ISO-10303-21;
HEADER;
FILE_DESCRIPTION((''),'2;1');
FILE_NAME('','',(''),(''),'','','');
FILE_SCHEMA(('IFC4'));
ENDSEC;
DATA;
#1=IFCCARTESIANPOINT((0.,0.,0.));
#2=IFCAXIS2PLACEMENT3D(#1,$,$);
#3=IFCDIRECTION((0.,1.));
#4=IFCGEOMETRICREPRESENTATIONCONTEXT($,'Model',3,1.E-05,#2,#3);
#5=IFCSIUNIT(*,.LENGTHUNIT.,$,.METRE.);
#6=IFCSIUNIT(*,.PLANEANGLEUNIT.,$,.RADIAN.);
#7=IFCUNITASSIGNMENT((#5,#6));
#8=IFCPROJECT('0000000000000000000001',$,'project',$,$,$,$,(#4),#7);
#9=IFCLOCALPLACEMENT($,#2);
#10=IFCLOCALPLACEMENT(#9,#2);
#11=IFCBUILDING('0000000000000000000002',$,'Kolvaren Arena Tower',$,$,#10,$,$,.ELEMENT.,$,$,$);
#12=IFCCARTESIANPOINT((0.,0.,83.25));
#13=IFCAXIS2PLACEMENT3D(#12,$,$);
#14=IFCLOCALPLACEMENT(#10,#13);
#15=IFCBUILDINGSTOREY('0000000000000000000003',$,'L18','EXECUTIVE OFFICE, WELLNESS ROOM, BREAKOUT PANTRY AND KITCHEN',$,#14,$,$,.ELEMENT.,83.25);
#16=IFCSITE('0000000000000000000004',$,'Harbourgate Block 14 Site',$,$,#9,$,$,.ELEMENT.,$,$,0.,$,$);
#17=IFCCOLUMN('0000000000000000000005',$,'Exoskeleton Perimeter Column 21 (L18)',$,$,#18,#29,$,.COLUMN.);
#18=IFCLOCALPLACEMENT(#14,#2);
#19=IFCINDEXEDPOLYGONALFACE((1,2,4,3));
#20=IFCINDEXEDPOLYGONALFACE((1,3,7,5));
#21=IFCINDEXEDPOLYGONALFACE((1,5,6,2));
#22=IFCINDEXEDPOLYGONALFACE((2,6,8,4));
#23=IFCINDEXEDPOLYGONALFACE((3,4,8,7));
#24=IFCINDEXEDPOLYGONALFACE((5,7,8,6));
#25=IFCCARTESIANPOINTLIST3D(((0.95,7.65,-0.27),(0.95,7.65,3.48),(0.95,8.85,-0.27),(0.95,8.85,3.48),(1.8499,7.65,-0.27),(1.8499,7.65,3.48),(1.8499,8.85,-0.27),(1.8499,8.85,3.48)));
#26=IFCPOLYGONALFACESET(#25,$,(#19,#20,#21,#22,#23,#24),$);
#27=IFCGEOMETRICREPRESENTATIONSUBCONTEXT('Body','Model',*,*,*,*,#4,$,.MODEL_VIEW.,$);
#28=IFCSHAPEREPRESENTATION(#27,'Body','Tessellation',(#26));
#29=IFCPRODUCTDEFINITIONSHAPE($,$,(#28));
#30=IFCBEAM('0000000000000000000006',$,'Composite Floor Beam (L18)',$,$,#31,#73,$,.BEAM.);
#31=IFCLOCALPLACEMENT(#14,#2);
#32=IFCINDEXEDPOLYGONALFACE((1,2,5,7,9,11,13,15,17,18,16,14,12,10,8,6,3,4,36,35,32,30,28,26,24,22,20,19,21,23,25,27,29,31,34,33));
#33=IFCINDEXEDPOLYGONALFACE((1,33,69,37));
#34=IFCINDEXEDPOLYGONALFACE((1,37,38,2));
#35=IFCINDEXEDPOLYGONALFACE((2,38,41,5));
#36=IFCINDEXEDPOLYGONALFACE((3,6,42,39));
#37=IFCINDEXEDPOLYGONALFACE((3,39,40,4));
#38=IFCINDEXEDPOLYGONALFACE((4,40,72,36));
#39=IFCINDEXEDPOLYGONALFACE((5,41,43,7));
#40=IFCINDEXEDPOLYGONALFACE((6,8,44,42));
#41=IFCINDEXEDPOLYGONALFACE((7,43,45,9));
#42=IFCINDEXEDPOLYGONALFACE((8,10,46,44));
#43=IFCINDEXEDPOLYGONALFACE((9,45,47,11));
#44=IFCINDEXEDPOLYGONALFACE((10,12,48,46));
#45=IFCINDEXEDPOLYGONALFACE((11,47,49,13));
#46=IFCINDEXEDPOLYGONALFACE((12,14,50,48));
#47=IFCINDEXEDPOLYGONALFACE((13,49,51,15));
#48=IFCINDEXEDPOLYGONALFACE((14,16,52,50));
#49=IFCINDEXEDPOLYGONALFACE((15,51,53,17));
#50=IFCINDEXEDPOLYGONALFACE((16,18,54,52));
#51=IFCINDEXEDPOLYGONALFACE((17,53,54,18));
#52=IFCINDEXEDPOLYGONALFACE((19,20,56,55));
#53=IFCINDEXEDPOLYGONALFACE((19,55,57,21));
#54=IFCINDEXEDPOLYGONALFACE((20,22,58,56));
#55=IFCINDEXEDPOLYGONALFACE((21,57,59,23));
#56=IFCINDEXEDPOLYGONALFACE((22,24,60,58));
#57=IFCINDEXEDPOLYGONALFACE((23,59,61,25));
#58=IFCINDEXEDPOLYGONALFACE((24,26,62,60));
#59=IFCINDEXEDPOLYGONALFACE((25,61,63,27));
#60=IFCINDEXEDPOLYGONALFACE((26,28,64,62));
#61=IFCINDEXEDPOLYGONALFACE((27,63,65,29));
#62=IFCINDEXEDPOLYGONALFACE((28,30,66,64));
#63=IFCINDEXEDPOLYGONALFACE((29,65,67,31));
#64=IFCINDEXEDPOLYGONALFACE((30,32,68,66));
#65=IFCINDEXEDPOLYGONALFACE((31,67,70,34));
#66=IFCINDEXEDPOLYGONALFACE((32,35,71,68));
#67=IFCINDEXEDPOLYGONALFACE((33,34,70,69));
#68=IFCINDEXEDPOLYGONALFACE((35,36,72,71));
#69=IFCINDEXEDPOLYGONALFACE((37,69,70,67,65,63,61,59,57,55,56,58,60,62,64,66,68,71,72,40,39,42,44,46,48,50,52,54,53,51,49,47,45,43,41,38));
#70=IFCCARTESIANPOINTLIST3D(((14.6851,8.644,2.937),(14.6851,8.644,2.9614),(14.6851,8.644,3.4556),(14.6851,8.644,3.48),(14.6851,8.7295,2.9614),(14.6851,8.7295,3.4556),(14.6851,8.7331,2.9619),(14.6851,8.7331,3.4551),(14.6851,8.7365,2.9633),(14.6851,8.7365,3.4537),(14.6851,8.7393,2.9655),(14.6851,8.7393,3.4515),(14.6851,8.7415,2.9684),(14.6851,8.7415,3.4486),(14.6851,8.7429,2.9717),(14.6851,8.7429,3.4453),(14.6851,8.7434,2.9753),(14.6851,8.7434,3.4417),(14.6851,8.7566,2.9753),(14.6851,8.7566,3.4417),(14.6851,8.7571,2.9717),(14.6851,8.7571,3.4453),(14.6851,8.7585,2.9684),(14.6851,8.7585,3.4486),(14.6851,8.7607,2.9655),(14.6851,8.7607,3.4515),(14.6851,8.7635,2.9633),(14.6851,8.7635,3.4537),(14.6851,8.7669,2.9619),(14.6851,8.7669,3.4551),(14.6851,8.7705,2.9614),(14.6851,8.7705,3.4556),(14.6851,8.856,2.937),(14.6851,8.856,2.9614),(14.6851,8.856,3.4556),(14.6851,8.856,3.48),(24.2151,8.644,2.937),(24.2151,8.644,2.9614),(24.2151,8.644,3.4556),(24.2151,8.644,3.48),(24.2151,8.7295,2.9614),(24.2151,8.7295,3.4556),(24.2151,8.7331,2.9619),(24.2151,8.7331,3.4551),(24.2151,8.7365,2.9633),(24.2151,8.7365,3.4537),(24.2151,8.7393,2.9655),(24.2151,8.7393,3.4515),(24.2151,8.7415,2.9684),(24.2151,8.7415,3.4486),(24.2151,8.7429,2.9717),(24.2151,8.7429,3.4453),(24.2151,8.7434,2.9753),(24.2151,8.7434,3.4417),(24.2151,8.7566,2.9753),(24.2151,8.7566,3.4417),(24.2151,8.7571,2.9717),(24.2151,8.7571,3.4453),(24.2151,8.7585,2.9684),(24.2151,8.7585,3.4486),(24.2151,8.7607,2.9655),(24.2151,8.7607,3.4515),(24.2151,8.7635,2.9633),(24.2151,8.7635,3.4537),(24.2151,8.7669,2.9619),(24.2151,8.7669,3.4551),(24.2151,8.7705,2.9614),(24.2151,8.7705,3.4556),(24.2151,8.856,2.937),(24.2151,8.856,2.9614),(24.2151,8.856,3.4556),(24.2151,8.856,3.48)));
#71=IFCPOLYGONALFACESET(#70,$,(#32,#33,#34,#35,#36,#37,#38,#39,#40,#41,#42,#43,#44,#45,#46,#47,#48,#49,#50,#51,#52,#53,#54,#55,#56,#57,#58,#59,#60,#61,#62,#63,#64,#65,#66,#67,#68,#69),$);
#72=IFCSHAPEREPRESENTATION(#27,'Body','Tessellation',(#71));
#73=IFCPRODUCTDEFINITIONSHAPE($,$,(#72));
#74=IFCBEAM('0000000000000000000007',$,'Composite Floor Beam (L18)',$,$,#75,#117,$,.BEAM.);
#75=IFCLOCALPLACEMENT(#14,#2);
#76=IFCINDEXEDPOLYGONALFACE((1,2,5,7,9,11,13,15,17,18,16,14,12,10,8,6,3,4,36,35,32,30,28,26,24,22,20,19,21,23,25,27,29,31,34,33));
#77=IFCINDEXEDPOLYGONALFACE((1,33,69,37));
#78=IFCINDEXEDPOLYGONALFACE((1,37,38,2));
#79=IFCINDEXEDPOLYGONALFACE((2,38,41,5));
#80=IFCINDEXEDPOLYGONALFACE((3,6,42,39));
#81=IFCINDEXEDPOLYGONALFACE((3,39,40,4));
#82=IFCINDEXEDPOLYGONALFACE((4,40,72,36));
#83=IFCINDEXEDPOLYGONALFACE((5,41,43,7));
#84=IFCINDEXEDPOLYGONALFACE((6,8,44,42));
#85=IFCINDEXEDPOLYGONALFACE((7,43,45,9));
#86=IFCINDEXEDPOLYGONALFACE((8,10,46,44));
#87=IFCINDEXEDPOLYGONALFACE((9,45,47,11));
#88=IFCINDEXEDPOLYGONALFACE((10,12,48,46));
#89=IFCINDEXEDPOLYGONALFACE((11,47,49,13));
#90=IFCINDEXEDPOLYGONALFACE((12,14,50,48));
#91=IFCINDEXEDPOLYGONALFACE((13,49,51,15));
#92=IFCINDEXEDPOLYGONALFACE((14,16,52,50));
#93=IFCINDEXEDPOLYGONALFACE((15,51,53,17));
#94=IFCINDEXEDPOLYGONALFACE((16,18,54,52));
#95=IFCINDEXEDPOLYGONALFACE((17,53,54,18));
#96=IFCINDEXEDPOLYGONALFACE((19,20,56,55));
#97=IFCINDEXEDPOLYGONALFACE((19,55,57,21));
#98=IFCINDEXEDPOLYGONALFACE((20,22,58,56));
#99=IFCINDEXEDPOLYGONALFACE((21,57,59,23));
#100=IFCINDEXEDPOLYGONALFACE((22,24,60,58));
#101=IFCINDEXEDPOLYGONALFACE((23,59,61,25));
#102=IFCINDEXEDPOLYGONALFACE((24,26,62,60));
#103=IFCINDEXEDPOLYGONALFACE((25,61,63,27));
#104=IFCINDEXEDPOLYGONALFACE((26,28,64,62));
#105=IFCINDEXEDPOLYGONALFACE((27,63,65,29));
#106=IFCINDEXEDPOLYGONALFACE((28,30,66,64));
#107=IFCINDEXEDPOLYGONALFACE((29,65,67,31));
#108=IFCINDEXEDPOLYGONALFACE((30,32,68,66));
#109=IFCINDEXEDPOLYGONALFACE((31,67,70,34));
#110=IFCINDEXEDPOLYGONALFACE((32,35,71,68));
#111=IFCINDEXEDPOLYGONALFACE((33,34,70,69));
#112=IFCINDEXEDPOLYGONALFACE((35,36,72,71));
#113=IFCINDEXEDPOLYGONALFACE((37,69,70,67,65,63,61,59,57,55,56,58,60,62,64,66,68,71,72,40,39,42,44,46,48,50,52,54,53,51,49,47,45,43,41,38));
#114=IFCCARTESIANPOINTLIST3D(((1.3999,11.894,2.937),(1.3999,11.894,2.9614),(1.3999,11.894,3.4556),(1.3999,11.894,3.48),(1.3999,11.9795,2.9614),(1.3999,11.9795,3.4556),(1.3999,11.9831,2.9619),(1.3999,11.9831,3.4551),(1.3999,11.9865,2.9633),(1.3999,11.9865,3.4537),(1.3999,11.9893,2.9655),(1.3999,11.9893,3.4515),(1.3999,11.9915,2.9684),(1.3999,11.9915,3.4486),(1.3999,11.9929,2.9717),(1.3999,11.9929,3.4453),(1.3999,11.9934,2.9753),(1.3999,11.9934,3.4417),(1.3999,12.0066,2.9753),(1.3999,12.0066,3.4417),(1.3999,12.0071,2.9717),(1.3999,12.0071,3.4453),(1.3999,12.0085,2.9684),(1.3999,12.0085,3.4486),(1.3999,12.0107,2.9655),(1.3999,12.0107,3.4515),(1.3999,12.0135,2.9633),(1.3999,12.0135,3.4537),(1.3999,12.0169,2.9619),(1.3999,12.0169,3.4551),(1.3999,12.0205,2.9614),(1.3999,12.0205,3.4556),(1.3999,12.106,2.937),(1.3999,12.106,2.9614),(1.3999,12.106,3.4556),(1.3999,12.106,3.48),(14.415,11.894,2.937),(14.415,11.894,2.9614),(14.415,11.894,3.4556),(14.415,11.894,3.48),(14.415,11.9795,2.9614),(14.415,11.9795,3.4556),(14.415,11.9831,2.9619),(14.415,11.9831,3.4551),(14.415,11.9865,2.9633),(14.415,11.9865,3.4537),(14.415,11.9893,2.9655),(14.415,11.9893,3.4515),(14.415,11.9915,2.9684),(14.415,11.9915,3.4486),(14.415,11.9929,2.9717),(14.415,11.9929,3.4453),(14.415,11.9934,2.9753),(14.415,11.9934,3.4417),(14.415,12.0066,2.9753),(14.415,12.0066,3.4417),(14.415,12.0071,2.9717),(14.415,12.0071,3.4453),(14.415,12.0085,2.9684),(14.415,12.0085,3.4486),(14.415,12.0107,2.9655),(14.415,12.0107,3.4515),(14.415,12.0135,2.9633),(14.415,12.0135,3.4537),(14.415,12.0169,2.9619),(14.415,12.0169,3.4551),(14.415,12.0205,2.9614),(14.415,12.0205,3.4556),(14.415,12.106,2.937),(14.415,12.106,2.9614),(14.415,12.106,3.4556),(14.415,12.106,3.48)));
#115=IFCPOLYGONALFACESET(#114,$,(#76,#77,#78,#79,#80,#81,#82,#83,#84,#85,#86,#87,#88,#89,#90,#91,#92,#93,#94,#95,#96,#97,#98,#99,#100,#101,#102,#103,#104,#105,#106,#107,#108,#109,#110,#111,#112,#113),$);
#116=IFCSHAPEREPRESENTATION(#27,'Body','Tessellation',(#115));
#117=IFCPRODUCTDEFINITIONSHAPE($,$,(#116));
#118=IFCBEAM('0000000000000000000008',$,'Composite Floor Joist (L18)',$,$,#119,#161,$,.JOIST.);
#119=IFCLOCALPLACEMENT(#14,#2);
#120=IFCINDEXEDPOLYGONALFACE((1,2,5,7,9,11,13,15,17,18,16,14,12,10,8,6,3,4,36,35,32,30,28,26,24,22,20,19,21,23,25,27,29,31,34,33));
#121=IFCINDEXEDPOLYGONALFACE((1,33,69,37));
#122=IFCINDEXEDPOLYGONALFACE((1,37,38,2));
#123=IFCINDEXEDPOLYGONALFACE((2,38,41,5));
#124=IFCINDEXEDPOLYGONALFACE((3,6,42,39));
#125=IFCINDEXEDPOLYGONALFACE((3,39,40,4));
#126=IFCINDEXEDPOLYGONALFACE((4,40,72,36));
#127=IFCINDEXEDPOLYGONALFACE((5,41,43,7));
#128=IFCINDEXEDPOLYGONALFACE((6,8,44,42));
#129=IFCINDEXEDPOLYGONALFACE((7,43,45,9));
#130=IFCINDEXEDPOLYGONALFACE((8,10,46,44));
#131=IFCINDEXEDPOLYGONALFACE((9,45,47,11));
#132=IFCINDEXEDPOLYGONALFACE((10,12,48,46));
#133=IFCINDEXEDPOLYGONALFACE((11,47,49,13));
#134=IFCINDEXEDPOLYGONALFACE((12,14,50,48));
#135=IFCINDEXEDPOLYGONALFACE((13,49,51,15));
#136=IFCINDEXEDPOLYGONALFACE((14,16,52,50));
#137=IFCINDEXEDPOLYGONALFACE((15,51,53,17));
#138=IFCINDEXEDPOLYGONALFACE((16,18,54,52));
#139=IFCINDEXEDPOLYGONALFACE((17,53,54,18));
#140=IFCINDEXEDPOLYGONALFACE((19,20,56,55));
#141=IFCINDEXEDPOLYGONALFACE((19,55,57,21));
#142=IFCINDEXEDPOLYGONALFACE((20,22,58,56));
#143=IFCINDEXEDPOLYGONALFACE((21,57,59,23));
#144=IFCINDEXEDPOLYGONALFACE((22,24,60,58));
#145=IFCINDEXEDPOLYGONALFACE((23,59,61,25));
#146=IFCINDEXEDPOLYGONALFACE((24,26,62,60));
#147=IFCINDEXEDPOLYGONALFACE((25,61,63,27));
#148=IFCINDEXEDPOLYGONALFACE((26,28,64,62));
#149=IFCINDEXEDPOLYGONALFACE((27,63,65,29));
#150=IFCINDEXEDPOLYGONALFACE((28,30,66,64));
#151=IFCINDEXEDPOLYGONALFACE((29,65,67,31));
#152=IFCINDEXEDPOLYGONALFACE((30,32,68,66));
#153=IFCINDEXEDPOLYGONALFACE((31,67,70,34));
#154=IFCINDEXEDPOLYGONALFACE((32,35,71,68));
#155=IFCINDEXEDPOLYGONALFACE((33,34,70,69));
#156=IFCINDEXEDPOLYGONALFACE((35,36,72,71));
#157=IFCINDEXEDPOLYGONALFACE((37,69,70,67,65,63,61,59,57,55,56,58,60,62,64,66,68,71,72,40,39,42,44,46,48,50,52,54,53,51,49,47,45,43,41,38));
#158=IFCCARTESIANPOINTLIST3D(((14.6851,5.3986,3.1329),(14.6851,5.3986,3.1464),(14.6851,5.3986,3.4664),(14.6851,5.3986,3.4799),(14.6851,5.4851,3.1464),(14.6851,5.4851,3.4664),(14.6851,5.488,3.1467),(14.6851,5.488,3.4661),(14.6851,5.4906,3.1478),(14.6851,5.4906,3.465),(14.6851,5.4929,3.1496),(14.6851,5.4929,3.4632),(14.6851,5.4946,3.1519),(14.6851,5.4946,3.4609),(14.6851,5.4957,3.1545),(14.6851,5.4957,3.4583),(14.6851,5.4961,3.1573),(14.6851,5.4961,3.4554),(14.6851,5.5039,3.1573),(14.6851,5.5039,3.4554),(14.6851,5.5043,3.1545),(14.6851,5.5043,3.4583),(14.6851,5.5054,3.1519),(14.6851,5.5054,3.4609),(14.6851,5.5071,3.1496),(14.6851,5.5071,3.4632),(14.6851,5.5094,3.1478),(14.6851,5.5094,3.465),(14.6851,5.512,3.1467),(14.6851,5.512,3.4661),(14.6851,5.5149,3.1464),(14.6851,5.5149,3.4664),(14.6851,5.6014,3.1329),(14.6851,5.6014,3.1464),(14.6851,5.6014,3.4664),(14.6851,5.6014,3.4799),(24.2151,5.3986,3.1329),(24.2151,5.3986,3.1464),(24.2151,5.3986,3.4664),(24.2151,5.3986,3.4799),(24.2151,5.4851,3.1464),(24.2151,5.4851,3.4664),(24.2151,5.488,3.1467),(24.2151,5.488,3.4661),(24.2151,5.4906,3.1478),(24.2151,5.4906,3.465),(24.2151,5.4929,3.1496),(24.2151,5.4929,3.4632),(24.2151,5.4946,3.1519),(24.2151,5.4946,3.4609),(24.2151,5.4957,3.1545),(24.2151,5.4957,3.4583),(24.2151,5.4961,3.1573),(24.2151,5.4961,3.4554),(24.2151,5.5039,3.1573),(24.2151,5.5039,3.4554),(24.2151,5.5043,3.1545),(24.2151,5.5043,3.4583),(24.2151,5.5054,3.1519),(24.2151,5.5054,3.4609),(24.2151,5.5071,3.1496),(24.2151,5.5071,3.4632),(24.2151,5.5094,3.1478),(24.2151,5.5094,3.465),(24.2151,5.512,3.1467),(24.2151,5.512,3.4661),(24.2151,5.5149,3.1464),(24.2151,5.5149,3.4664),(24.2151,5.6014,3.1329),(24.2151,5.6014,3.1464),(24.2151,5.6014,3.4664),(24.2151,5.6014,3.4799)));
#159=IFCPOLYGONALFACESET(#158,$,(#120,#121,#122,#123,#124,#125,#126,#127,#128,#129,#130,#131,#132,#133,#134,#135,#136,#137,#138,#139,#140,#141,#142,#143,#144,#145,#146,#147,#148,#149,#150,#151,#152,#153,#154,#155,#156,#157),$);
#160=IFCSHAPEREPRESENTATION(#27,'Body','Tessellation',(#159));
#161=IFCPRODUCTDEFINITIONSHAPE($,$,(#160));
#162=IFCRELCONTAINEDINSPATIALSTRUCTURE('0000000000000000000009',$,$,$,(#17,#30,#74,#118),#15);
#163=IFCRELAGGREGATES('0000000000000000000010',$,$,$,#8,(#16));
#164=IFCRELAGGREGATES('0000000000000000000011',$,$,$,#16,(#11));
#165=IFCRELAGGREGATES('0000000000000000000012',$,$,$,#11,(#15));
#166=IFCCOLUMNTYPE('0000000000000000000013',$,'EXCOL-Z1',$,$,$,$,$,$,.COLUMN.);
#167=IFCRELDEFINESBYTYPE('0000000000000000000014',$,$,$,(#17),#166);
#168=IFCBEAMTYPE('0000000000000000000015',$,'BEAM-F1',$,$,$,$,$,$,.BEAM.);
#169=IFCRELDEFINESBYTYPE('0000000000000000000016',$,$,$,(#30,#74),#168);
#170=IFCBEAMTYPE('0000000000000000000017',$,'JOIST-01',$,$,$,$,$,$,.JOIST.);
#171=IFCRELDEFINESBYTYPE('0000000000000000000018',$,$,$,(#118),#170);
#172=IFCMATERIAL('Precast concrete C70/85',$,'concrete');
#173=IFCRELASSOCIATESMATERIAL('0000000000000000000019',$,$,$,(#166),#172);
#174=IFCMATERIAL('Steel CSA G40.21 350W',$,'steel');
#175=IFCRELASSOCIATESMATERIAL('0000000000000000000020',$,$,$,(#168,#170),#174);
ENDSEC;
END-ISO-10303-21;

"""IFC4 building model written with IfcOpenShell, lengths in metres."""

from ifc_helpers import new_model, si_unit, direction, frame, origin, origin_2d, place, context, subcontext, project, spatial, rectangle, i_section, extrude, material, material_profile, profile_set, type_object, element, save


model = new_model("IFC4")

# Units and contexts
model_context = context("Model", 3, precision=1e-05, world=origin(), true_north=direction((0.0, 1.0)))
body_context = subcontext(model_context, "Body", "Model", "MODEL_VIEW")
ifc_project = project(units=[si_unit("LENGTHUNIT", "METRE"), si_unit("PLANEANGLEUNIT", "RADIAN")], contexts=[model_context])

# Site, building, storey
site_placement = place(None, origin())
site = spatial("IfcSite", under=ifc_project, at=site_placement, Name="Harbourgate Block 14 Site", CompositionType="ELEMENT", RefElevation=0.0)
building_placement = place(site_placement, origin())
building = spatial("IfcBuilding", under=site, at=building_placement, Name="Kolvaren Arena Tower", CompositionType="ELEMENT")
storey_placement = place(building_placement, frame((0.0, 0.0, 83.25)))
storey = spatial("IfcBuildingStorey", under=building, at=storey_placement, Name="L18", Description="EXECUTIVE OFFICE, WELLNESS ROOM, BREAKOUT PANTRY AND KITCHEN", CompositionType="ELEMENT", Elevation=83.25)

# Column
ifc_material_1 = material(Name="Precast concrete C70/85", Category="concrete")
ifc_material_profile_1 = material_profile(ifc_material_1, rectangle(XDim=1.2, YDim=0.8999, at=origin_2d()), Name="RC-1200x900")
ifc_profile_set_1 = profile_set([ifc_material_profile_1], Name="Precast concrete C70/85")
column_type = type_object("IfcColumnType", Name="EXCOL-Z1", PredefinedType="COLUMN", material=ifc_profile_set_1)
column_placement = place(storey_placement, frame((1.3999, 8.25, -0.27), z_axis=(0.0, 0.0, 1.0), x_axis=(0.0, 1.0, 0.0)))
element("IfcColumn", 1, at=column_placement, inside=storey, type_object=column_type, Name="Exoskeleton Perimeter Column 21 (L18)", PredefinedType="COLUMN", context=body_context, shape_type="SweptSolid", body=[
    extrude(rectangle(XDim=1.2, YDim=0.8999, at=origin_2d()), origin(), (0.0, 0.0, 1.0), 3.75),
])

# Beams
ifc_material_2 = material(Name="Steel CSA G40.21 350W", Category="steel")
ifc_material_profile_2 = material_profile(ifc_material_2, i_section(OverallWidth=0.2119, OverallDepth=0.543, WebThickness=0.0132, FlangeThickness=0.0244, FilletRadius=0.0139, at=origin_2d()), Name="W530x150")
ifc_profile_set_2 = profile_set([ifc_material_profile_2], Name="Steel CSA G40.21 350W")
beam_type_1 = type_object("IfcBeamType", Name="BEAM-F1", PredefinedType="BEAM", material=ifc_profile_set_2)
beam_1_placement = place(storey_placement, frame((14.6851, 8.75, 3.2085), z_axis=(1.0, 0.0, 0.0), x_axis=(0.0, 1.0, 0.0)))
element("IfcBeam", 2, at=beam_1_placement, inside=storey, type_object=beam_type_1, Name="Composite Floor Beam (L18)", PredefinedType="BEAM", context=body_context, shape_type="SweptSolid", body=[
    extrude(i_section(OverallWidth=0.2119, OverallDepth=0.543, WebThickness=0.0132, FlangeThickness=0.0244, FilletRadius=0.0139, at=origin_2d()), origin(), (0.0, 0.0, 1.0), 9.53),
])
beam_2_placement = place(storey_placement, frame((1.3999, 12.0, 3.2085), z_axis=(1.0, 0.0, 0.0), x_axis=(0.0, 1.0, 0.0)))
element("IfcBeam", 3, at=beam_2_placement, inside=storey, type_object=beam_type_1, Name="Composite Floor Beam (L18)", PredefinedType="BEAM", context=body_context, shape_type="SweptSolid", body=[
    extrude(i_section(OverallWidth=0.2119, OverallDepth=0.543, WebThickness=0.0132, FlangeThickness=0.0244, FilletRadius=0.0139, at=origin_2d()), origin(), (0.0, 0.0, 1.0), 13.0151),
])
ifc_material_profile_3 = material_profile(ifc_material_2, i_section(OverallWidth=0.2029, OverallDepth=0.3469, WebThickness=0.0078, FlangeThickness=0.0134, FilletRadius=0.011, at=origin_2d()), Name="W360x64")
ifc_profile_set_3 = profile_set([ifc_material_profile_3], Name="Steel CSA G40.21 350W")
beam_type_2 = type_object("IfcBeamType", Name="JOIST-01", PredefinedType="JOIST", material=ifc_profile_set_3)
beam_3_placement = place(storey_placement, frame((14.6851, 5.5, 3.3064), z_axis=(1.0, 0.0, 0.0), x_axis=(0.0, 1.0, 0.0)))
element("IfcBeam", 4, at=beam_3_placement, inside=storey, type_object=beam_type_2, Name="Composite Floor Joist (L18)", PredefinedType="JOIST", context=body_context, shape_type="SweptSolid", body=[
    extrude(i_section(OverallWidth=0.2029, OverallDepth=0.3469, WebThickness=0.0078, FlangeThickness=0.0134, FilletRadius=0.011, at=origin_2d()), origin(), (0.0, 0.0, 1.0), 9.53),
])

save(model, "model.ifc")
